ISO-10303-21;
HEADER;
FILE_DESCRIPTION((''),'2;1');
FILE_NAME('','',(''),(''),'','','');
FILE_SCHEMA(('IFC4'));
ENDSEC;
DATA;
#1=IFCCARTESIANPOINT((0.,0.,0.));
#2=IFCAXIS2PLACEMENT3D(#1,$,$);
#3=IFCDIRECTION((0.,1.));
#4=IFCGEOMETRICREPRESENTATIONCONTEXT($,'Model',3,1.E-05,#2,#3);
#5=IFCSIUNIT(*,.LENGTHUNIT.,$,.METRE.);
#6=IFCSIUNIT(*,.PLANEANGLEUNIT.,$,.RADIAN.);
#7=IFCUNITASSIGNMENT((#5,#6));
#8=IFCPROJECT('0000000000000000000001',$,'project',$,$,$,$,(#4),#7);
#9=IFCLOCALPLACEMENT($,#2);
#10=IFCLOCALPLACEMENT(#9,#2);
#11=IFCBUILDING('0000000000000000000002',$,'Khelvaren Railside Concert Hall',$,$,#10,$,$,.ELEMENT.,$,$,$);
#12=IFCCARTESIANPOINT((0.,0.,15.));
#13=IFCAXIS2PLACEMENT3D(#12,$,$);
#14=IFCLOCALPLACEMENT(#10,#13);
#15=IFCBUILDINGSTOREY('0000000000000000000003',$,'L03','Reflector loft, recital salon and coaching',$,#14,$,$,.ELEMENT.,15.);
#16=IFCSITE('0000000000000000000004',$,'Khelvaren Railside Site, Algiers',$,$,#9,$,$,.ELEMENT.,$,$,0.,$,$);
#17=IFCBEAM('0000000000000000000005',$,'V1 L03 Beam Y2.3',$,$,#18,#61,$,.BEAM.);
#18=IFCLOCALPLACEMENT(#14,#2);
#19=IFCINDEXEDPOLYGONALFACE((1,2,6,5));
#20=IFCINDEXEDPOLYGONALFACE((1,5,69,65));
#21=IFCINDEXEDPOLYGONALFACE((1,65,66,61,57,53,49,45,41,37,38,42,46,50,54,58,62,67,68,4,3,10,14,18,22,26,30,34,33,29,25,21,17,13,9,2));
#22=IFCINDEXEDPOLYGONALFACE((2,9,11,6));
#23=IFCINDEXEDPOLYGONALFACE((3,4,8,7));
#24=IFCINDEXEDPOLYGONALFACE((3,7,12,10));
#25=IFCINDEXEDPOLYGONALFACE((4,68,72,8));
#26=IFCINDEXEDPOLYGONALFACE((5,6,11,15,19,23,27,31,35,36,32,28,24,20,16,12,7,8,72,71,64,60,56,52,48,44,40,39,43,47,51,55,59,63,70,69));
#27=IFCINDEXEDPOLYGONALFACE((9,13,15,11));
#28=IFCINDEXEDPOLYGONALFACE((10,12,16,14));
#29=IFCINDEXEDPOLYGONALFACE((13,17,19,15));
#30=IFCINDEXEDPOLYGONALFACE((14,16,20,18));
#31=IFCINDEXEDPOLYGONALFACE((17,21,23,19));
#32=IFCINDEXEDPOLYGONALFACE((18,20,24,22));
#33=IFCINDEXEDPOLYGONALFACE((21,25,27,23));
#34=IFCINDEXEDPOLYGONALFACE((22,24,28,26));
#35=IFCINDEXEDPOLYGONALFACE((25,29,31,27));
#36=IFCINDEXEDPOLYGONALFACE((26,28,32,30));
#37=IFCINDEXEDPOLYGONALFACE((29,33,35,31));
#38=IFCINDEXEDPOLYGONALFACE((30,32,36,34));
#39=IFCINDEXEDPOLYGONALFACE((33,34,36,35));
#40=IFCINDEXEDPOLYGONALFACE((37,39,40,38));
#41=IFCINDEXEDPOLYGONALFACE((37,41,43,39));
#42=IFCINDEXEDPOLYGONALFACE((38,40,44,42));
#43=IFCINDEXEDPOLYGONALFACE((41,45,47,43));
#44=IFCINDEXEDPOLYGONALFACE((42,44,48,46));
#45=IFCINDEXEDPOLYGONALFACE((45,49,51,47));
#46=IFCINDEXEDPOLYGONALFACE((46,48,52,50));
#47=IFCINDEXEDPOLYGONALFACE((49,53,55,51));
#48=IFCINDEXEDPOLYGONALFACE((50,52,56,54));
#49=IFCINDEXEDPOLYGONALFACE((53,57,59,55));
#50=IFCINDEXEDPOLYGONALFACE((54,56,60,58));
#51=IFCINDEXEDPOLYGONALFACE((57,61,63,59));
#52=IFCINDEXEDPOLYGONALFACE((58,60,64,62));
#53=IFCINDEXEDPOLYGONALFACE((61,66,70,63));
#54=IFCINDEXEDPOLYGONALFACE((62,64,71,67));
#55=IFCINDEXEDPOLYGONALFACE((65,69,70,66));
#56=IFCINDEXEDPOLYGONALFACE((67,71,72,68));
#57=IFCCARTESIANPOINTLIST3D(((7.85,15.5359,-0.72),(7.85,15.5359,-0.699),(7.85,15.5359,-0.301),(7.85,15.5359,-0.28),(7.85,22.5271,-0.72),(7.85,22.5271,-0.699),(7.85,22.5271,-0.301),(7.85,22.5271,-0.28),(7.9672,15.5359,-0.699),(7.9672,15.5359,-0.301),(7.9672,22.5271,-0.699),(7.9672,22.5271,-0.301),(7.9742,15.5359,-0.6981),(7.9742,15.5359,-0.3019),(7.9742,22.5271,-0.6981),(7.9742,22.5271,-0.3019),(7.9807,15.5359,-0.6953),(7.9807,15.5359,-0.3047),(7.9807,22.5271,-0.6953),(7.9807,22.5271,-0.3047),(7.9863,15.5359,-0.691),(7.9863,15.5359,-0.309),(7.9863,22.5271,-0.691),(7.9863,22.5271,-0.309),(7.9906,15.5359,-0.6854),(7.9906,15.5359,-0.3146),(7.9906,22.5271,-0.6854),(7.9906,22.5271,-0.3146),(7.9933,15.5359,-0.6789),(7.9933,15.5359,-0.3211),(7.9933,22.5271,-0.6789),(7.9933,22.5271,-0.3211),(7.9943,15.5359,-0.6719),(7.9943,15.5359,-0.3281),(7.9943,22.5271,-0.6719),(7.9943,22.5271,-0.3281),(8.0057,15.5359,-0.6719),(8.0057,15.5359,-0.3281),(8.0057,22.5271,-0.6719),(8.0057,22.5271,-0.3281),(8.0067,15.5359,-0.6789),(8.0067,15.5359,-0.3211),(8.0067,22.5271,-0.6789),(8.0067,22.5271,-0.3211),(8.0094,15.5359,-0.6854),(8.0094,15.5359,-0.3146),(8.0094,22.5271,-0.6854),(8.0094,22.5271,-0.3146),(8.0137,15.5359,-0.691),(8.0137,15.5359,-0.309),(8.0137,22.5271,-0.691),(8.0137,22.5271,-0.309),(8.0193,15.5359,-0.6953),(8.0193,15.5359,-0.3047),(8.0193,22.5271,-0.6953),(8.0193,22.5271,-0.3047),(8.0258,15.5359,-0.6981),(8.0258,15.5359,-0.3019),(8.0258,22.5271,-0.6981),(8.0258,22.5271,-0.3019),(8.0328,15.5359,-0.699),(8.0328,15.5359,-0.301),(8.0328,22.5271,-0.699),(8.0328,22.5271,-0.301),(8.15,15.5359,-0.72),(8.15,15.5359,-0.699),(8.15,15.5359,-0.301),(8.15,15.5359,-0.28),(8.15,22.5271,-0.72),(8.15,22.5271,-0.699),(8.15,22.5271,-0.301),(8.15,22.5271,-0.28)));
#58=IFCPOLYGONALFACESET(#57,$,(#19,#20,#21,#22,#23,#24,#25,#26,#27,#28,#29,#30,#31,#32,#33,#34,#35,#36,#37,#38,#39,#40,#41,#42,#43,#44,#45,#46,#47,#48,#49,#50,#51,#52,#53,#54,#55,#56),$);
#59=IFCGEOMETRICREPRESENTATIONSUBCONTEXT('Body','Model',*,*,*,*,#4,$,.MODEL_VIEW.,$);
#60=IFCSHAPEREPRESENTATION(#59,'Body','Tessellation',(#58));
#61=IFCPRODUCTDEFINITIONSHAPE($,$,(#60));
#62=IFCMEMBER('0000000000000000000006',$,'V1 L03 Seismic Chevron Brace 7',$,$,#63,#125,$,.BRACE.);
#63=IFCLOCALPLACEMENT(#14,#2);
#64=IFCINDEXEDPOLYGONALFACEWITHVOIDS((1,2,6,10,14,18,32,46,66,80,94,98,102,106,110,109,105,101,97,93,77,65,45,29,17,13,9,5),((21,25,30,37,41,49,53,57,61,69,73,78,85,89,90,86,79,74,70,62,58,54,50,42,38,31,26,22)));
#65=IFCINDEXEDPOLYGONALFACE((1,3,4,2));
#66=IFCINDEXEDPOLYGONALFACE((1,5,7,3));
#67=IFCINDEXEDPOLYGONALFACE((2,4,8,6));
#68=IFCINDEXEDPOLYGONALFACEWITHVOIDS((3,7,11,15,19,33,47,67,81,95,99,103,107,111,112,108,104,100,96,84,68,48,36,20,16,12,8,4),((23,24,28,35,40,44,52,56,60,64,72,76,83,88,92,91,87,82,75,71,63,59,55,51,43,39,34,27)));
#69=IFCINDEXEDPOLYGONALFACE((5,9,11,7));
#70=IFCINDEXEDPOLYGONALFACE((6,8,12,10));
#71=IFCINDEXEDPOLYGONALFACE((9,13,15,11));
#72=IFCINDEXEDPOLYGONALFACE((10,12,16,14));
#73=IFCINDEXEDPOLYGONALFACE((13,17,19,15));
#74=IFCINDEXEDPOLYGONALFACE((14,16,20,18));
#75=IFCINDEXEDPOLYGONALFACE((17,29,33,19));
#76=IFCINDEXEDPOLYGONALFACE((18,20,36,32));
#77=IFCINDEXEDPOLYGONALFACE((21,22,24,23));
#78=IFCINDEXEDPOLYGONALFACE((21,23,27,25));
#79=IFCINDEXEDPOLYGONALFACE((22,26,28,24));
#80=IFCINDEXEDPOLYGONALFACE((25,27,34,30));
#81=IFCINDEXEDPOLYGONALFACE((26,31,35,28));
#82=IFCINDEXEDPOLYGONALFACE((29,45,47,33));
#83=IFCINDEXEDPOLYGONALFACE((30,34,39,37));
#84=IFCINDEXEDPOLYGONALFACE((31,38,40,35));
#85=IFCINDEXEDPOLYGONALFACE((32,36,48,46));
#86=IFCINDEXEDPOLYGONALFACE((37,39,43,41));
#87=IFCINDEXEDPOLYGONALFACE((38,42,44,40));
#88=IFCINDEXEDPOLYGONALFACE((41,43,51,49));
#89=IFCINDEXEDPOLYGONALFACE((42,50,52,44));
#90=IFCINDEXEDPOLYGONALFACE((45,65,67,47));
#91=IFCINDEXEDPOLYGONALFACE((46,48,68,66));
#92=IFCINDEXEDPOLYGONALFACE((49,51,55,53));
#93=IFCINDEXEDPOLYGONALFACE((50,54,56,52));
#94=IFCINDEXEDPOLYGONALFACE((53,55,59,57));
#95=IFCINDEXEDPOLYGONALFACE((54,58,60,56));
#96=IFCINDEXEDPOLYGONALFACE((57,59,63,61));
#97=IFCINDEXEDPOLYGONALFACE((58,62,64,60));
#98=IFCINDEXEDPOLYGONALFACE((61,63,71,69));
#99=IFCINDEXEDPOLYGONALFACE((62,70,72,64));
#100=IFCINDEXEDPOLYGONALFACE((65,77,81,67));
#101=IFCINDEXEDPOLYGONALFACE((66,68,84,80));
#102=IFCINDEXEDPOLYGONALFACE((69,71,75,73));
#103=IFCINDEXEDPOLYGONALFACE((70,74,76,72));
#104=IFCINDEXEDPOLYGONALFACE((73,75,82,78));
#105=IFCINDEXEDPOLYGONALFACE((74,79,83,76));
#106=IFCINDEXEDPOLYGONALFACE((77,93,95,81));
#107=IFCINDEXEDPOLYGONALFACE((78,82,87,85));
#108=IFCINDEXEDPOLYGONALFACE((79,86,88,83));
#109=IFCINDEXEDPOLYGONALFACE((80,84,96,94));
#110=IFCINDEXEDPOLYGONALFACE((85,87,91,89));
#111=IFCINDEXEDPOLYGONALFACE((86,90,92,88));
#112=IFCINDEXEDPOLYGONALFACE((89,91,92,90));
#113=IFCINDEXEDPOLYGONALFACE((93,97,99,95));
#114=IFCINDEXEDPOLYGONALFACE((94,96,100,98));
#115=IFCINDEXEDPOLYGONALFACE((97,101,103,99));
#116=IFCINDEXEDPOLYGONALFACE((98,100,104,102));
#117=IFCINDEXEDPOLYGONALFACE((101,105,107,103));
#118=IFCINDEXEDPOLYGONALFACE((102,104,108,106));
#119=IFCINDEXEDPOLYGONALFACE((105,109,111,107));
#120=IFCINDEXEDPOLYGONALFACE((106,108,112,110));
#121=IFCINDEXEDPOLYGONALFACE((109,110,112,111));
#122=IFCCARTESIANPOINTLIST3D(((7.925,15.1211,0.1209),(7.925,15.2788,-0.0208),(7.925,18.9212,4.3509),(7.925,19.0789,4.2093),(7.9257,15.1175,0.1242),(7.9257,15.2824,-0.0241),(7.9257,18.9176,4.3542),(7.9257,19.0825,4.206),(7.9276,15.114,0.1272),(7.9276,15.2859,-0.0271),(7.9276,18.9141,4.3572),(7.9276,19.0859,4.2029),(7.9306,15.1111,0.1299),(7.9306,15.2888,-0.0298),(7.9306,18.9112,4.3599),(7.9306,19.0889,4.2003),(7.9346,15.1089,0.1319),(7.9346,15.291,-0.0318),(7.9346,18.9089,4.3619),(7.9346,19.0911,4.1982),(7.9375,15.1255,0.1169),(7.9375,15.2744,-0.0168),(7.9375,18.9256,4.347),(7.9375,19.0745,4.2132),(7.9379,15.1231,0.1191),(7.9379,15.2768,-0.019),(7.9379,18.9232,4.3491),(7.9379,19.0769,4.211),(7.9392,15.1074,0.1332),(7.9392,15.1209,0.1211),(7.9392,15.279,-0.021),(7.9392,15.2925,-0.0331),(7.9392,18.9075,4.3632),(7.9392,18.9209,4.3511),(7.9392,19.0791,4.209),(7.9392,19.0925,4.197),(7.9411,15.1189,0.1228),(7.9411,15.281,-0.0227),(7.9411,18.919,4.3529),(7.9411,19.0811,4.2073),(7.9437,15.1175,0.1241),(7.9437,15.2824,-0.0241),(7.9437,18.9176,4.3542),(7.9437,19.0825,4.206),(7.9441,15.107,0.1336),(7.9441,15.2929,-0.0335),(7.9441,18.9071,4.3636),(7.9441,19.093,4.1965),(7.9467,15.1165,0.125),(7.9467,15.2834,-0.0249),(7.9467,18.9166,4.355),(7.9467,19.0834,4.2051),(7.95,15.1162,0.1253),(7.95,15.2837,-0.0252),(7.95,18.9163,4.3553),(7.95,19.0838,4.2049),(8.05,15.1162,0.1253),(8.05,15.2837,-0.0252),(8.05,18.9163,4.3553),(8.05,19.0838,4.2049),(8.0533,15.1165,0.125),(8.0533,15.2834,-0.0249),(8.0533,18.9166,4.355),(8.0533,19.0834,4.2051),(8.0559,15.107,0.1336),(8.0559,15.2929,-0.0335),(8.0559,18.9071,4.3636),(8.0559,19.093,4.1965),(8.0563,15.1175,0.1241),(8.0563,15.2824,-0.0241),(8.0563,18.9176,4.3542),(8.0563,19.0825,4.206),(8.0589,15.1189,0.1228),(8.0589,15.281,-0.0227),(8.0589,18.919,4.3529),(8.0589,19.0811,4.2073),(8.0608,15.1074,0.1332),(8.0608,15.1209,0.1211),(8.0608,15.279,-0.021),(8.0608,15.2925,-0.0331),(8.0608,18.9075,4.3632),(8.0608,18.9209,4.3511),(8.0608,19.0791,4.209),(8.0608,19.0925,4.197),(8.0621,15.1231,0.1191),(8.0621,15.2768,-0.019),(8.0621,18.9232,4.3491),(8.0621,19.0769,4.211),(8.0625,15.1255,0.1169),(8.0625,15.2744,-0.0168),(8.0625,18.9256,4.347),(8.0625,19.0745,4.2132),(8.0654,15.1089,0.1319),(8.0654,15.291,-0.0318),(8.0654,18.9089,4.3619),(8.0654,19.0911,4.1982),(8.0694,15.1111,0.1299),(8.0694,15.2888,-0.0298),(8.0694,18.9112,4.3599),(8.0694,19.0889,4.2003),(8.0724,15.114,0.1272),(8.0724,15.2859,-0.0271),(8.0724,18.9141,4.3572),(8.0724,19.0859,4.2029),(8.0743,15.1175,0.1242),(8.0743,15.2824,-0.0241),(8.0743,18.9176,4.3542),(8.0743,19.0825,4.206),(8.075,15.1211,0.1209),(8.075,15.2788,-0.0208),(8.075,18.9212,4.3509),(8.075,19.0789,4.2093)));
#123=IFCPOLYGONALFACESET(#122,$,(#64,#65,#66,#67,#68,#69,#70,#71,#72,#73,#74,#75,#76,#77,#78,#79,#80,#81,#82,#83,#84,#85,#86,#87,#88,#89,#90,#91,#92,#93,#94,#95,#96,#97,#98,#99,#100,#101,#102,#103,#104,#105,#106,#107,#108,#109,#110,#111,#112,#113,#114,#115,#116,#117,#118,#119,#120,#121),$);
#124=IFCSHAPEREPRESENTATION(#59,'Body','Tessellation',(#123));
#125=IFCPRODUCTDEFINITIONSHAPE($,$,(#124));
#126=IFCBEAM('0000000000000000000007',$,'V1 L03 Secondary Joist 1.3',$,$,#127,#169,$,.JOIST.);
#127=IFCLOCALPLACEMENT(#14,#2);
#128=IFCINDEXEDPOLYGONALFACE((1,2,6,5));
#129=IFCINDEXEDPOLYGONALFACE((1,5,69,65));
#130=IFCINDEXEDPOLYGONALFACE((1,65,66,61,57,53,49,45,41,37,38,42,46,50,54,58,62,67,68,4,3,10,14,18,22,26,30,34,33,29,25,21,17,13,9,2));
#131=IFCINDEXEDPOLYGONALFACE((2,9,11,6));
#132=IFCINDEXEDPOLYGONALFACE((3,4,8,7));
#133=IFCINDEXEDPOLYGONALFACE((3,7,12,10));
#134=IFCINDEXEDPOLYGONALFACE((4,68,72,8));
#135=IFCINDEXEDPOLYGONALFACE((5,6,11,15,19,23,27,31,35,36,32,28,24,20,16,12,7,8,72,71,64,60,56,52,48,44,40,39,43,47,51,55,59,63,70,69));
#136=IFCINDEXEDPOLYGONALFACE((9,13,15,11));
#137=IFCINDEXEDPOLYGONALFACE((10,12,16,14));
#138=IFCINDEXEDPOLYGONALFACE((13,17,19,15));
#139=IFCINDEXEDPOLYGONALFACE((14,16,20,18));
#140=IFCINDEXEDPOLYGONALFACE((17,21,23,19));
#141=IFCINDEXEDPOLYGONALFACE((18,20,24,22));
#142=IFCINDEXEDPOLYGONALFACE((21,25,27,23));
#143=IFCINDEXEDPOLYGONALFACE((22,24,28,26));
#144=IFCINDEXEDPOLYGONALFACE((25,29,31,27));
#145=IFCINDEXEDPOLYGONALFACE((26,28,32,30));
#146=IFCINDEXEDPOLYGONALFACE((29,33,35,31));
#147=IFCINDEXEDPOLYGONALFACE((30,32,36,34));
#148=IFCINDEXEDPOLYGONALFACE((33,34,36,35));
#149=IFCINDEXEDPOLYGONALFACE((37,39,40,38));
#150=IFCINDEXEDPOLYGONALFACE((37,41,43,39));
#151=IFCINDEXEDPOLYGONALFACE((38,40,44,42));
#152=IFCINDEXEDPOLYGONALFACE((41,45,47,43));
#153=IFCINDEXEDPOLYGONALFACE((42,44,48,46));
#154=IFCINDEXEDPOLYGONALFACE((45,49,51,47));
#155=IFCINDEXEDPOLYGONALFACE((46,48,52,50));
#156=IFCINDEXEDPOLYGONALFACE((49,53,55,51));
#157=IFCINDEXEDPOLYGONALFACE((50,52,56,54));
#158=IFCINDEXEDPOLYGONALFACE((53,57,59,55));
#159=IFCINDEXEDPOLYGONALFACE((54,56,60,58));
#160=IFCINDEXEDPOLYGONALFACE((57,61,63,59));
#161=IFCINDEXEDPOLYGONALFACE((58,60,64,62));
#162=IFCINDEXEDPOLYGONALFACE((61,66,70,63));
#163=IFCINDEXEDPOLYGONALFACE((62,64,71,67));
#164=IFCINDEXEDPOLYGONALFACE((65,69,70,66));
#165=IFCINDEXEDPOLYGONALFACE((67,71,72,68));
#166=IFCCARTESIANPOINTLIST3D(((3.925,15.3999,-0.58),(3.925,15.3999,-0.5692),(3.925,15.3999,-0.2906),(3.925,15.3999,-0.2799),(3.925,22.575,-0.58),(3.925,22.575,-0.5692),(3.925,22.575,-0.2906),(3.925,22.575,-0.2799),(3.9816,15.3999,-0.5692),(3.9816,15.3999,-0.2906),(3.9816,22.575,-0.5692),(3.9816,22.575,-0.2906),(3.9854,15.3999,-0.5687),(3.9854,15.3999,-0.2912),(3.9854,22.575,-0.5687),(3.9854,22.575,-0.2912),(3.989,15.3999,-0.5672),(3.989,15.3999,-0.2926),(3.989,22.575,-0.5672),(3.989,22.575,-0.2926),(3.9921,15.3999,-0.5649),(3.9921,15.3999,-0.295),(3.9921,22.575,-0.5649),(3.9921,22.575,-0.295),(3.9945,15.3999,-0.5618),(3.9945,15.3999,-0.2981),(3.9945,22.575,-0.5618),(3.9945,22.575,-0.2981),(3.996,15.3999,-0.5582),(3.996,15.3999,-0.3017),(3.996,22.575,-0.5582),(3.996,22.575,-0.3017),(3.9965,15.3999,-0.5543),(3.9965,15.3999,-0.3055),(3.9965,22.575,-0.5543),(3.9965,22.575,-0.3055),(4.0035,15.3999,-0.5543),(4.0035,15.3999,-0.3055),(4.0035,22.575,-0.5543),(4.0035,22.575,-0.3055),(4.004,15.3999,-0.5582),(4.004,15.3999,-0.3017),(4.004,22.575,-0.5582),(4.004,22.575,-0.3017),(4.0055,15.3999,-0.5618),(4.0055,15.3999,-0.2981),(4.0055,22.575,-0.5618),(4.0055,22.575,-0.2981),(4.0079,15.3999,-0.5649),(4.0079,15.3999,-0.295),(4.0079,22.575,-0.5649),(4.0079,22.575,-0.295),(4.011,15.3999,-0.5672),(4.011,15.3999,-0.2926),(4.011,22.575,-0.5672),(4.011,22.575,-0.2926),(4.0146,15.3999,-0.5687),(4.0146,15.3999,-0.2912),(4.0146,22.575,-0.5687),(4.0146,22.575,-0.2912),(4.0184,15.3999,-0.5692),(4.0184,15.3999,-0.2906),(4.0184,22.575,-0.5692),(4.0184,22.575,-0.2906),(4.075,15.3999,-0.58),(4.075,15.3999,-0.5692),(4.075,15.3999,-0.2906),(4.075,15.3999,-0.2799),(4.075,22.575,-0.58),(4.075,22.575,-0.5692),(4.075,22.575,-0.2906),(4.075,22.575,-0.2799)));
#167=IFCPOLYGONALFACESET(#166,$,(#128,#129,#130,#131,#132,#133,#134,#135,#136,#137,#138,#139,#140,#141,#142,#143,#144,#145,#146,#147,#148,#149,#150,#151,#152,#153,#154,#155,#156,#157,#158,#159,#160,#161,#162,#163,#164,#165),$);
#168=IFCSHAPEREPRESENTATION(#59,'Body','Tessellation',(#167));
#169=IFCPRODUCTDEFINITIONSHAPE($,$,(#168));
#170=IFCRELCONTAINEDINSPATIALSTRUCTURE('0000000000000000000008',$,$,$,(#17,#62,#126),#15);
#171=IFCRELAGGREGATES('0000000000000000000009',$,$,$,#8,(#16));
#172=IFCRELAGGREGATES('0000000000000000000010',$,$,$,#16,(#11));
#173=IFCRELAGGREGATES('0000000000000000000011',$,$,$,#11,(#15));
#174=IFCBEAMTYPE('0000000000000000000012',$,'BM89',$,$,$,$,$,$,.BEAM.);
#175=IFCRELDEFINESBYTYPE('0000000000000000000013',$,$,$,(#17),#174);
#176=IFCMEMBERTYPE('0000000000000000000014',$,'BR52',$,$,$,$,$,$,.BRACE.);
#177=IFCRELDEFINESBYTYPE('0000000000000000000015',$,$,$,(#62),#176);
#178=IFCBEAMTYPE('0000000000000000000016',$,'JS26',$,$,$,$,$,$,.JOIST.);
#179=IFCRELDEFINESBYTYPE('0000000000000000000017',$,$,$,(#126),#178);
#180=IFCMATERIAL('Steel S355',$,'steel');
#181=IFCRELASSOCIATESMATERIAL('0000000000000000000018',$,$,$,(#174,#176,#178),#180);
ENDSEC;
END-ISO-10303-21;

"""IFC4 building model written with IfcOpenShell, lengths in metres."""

from ifc_helpers import new_model, si_unit, direction, frame, origin, origin_2d, place, context, subcontext, project, spatial, hollow_rectangle, i_section, extrude, material, material_profile, profile_set, type_object, element, save


model = new_model("IFC4")

# Units and contexts
model_context = context("Model", 3, precision=1e-05, world=origin(), true_north=direction((0.0, 1.0)))
body_context = subcontext(model_context, "Body", "Model", "MODEL_VIEW")
ifc_project = project(units=[si_unit("LENGTHUNIT", "METRE"), si_unit("PLANEANGLEUNIT", "RADIAN")], contexts=[model_context])

# Site, building, storey
site_placement = place(None, origin())
site = spatial("IfcSite", under=ifc_project, at=site_placement, Name="Khelvaren Railside Site, Algiers", CompositionType="ELEMENT", RefElevation=0.0)
building_placement = place(site_placement, origin())
building = spatial("IfcBuilding", under=site, at=building_placement, Name="Khelvaren Railside Concert Hall", CompositionType="ELEMENT")
storey_placement = place(building_placement, frame((0.0, 0.0, 15.0)))
storey = spatial("IfcBuildingStorey", under=building, at=storey_placement, Name="L03", Description="Reflector loft, recital salon and coaching", CompositionType="ELEMENT", Elevation=15.0)

# Beam
ifc_material_1 = material(Name="Steel S355", Category="steel")
ifc_material_profile_1 = material_profile(ifc_material_1, i_section(OverallWidth=0.3, OverallDepth=0.4399, WebThickness=0.0115, FlangeThickness=0.021, FilletRadius=0.0271, at=origin_2d()), Name="HEA 450")
ifc_profile_set_1 = profile_set([ifc_material_profile_1], Name="Steel S355")
beam_type_1 = type_object("IfcBeamType", Name="BM89", PredefinedType="BEAM", material=ifc_profile_set_1)
beam_1_placement = place(storey_placement, frame((8.0, 15.5359, -0.5), z_axis=(0.0, 1.0, 0.0), x_axis=(-1.0, 0.0, 0.0)))
element("IfcBeam", 1, at=beam_1_placement, inside=storey, type_object=beam_type_1, Name="V1 L03 Beam Y2.3", PredefinedType="BEAM", context=body_context, shape_type="SweptSolid", body=[
    extrude(i_section(OverallWidth=0.3, OverallDepth=0.4399, WebThickness=0.0115, FlangeThickness=0.021, FilletRadius=0.0271, at=origin_2d()), origin(), (0.0, 0.0, 1.0), 6.9912),
])

# Member
ifc_material_profile_2 = material_profile(ifc_material_1, hollow_rectangle(XDim=0.1499, YDim=0.25, WallThickness=0.0125, InnerFilletRadius=0.0125, OuterFilletRadius=0.019, at=origin_2d()), Name="RHS 250x150x12.5")
ifc_profile_set_2 = profile_set([ifc_material_profile_2], Name="Steel S355")
member_type = type_object("IfcMemberType", Name="BR52", PredefinedType="BRACE", material=ifc_profile_set_2)
member_placement = place(storey_placement, frame((8.0, 15.2, 0.05), z_axis=(0.0, 0.668291, 0.7439), x_axis=(-1.0, 0.0, 0.0)))
element("IfcMember", 2, at=member_placement, inside=storey, type_object=member_type, Name="V1 L03 Seismic Chevron Brace 7", PredefinedType="BRACE", context=body_context, shape_type="SweptSolid", body=[
    extrude(hollow_rectangle(XDim=0.1499, YDim=0.25, WallThickness=0.0125, InnerFilletRadius=0.0125, OuterFilletRadius=0.019, at=origin_2d()), origin(), (0.0, 0.0, 1.0), 5.6863),
])

# Beam
ifc_material_profile_3 = material_profile(ifc_material_1, i_section(OverallWidth=0.1499, OverallDepth=0.3, WebThickness=0.0071, FlangeThickness=0.0107, FilletRadius=0.0149, at=origin_2d()), Name="IPE 300")
ifc_profile_set_3 = profile_set([ifc_material_profile_3], Name="Steel S355")
beam_type_2 = type_object("IfcBeamType", Name="JS26", PredefinedType="JOIST", material=ifc_profile_set_3)
beam_2_placement = place(storey_placement, frame((4.0, 15.3999, -0.4299), z_axis=(0.0, 1.0, 0.0), x_axis=(-1.0, 0.0, 0.0)))
element("IfcBeam", 3, at=beam_2_placement, inside=storey, type_object=beam_type_2, Name="V1 L03 Secondary Joist 1.3", PredefinedType="JOIST", context=body_context, shape_type="SweptSolid", body=[
    extrude(i_section(OverallWidth=0.1499, OverallDepth=0.3, WebThickness=0.0071, FlangeThickness=0.0107, FilletRadius=0.0149, at=origin_2d()), origin(), (0.0, 0.0, 1.0), 7.175),
])

save(model, "model.ifc")
